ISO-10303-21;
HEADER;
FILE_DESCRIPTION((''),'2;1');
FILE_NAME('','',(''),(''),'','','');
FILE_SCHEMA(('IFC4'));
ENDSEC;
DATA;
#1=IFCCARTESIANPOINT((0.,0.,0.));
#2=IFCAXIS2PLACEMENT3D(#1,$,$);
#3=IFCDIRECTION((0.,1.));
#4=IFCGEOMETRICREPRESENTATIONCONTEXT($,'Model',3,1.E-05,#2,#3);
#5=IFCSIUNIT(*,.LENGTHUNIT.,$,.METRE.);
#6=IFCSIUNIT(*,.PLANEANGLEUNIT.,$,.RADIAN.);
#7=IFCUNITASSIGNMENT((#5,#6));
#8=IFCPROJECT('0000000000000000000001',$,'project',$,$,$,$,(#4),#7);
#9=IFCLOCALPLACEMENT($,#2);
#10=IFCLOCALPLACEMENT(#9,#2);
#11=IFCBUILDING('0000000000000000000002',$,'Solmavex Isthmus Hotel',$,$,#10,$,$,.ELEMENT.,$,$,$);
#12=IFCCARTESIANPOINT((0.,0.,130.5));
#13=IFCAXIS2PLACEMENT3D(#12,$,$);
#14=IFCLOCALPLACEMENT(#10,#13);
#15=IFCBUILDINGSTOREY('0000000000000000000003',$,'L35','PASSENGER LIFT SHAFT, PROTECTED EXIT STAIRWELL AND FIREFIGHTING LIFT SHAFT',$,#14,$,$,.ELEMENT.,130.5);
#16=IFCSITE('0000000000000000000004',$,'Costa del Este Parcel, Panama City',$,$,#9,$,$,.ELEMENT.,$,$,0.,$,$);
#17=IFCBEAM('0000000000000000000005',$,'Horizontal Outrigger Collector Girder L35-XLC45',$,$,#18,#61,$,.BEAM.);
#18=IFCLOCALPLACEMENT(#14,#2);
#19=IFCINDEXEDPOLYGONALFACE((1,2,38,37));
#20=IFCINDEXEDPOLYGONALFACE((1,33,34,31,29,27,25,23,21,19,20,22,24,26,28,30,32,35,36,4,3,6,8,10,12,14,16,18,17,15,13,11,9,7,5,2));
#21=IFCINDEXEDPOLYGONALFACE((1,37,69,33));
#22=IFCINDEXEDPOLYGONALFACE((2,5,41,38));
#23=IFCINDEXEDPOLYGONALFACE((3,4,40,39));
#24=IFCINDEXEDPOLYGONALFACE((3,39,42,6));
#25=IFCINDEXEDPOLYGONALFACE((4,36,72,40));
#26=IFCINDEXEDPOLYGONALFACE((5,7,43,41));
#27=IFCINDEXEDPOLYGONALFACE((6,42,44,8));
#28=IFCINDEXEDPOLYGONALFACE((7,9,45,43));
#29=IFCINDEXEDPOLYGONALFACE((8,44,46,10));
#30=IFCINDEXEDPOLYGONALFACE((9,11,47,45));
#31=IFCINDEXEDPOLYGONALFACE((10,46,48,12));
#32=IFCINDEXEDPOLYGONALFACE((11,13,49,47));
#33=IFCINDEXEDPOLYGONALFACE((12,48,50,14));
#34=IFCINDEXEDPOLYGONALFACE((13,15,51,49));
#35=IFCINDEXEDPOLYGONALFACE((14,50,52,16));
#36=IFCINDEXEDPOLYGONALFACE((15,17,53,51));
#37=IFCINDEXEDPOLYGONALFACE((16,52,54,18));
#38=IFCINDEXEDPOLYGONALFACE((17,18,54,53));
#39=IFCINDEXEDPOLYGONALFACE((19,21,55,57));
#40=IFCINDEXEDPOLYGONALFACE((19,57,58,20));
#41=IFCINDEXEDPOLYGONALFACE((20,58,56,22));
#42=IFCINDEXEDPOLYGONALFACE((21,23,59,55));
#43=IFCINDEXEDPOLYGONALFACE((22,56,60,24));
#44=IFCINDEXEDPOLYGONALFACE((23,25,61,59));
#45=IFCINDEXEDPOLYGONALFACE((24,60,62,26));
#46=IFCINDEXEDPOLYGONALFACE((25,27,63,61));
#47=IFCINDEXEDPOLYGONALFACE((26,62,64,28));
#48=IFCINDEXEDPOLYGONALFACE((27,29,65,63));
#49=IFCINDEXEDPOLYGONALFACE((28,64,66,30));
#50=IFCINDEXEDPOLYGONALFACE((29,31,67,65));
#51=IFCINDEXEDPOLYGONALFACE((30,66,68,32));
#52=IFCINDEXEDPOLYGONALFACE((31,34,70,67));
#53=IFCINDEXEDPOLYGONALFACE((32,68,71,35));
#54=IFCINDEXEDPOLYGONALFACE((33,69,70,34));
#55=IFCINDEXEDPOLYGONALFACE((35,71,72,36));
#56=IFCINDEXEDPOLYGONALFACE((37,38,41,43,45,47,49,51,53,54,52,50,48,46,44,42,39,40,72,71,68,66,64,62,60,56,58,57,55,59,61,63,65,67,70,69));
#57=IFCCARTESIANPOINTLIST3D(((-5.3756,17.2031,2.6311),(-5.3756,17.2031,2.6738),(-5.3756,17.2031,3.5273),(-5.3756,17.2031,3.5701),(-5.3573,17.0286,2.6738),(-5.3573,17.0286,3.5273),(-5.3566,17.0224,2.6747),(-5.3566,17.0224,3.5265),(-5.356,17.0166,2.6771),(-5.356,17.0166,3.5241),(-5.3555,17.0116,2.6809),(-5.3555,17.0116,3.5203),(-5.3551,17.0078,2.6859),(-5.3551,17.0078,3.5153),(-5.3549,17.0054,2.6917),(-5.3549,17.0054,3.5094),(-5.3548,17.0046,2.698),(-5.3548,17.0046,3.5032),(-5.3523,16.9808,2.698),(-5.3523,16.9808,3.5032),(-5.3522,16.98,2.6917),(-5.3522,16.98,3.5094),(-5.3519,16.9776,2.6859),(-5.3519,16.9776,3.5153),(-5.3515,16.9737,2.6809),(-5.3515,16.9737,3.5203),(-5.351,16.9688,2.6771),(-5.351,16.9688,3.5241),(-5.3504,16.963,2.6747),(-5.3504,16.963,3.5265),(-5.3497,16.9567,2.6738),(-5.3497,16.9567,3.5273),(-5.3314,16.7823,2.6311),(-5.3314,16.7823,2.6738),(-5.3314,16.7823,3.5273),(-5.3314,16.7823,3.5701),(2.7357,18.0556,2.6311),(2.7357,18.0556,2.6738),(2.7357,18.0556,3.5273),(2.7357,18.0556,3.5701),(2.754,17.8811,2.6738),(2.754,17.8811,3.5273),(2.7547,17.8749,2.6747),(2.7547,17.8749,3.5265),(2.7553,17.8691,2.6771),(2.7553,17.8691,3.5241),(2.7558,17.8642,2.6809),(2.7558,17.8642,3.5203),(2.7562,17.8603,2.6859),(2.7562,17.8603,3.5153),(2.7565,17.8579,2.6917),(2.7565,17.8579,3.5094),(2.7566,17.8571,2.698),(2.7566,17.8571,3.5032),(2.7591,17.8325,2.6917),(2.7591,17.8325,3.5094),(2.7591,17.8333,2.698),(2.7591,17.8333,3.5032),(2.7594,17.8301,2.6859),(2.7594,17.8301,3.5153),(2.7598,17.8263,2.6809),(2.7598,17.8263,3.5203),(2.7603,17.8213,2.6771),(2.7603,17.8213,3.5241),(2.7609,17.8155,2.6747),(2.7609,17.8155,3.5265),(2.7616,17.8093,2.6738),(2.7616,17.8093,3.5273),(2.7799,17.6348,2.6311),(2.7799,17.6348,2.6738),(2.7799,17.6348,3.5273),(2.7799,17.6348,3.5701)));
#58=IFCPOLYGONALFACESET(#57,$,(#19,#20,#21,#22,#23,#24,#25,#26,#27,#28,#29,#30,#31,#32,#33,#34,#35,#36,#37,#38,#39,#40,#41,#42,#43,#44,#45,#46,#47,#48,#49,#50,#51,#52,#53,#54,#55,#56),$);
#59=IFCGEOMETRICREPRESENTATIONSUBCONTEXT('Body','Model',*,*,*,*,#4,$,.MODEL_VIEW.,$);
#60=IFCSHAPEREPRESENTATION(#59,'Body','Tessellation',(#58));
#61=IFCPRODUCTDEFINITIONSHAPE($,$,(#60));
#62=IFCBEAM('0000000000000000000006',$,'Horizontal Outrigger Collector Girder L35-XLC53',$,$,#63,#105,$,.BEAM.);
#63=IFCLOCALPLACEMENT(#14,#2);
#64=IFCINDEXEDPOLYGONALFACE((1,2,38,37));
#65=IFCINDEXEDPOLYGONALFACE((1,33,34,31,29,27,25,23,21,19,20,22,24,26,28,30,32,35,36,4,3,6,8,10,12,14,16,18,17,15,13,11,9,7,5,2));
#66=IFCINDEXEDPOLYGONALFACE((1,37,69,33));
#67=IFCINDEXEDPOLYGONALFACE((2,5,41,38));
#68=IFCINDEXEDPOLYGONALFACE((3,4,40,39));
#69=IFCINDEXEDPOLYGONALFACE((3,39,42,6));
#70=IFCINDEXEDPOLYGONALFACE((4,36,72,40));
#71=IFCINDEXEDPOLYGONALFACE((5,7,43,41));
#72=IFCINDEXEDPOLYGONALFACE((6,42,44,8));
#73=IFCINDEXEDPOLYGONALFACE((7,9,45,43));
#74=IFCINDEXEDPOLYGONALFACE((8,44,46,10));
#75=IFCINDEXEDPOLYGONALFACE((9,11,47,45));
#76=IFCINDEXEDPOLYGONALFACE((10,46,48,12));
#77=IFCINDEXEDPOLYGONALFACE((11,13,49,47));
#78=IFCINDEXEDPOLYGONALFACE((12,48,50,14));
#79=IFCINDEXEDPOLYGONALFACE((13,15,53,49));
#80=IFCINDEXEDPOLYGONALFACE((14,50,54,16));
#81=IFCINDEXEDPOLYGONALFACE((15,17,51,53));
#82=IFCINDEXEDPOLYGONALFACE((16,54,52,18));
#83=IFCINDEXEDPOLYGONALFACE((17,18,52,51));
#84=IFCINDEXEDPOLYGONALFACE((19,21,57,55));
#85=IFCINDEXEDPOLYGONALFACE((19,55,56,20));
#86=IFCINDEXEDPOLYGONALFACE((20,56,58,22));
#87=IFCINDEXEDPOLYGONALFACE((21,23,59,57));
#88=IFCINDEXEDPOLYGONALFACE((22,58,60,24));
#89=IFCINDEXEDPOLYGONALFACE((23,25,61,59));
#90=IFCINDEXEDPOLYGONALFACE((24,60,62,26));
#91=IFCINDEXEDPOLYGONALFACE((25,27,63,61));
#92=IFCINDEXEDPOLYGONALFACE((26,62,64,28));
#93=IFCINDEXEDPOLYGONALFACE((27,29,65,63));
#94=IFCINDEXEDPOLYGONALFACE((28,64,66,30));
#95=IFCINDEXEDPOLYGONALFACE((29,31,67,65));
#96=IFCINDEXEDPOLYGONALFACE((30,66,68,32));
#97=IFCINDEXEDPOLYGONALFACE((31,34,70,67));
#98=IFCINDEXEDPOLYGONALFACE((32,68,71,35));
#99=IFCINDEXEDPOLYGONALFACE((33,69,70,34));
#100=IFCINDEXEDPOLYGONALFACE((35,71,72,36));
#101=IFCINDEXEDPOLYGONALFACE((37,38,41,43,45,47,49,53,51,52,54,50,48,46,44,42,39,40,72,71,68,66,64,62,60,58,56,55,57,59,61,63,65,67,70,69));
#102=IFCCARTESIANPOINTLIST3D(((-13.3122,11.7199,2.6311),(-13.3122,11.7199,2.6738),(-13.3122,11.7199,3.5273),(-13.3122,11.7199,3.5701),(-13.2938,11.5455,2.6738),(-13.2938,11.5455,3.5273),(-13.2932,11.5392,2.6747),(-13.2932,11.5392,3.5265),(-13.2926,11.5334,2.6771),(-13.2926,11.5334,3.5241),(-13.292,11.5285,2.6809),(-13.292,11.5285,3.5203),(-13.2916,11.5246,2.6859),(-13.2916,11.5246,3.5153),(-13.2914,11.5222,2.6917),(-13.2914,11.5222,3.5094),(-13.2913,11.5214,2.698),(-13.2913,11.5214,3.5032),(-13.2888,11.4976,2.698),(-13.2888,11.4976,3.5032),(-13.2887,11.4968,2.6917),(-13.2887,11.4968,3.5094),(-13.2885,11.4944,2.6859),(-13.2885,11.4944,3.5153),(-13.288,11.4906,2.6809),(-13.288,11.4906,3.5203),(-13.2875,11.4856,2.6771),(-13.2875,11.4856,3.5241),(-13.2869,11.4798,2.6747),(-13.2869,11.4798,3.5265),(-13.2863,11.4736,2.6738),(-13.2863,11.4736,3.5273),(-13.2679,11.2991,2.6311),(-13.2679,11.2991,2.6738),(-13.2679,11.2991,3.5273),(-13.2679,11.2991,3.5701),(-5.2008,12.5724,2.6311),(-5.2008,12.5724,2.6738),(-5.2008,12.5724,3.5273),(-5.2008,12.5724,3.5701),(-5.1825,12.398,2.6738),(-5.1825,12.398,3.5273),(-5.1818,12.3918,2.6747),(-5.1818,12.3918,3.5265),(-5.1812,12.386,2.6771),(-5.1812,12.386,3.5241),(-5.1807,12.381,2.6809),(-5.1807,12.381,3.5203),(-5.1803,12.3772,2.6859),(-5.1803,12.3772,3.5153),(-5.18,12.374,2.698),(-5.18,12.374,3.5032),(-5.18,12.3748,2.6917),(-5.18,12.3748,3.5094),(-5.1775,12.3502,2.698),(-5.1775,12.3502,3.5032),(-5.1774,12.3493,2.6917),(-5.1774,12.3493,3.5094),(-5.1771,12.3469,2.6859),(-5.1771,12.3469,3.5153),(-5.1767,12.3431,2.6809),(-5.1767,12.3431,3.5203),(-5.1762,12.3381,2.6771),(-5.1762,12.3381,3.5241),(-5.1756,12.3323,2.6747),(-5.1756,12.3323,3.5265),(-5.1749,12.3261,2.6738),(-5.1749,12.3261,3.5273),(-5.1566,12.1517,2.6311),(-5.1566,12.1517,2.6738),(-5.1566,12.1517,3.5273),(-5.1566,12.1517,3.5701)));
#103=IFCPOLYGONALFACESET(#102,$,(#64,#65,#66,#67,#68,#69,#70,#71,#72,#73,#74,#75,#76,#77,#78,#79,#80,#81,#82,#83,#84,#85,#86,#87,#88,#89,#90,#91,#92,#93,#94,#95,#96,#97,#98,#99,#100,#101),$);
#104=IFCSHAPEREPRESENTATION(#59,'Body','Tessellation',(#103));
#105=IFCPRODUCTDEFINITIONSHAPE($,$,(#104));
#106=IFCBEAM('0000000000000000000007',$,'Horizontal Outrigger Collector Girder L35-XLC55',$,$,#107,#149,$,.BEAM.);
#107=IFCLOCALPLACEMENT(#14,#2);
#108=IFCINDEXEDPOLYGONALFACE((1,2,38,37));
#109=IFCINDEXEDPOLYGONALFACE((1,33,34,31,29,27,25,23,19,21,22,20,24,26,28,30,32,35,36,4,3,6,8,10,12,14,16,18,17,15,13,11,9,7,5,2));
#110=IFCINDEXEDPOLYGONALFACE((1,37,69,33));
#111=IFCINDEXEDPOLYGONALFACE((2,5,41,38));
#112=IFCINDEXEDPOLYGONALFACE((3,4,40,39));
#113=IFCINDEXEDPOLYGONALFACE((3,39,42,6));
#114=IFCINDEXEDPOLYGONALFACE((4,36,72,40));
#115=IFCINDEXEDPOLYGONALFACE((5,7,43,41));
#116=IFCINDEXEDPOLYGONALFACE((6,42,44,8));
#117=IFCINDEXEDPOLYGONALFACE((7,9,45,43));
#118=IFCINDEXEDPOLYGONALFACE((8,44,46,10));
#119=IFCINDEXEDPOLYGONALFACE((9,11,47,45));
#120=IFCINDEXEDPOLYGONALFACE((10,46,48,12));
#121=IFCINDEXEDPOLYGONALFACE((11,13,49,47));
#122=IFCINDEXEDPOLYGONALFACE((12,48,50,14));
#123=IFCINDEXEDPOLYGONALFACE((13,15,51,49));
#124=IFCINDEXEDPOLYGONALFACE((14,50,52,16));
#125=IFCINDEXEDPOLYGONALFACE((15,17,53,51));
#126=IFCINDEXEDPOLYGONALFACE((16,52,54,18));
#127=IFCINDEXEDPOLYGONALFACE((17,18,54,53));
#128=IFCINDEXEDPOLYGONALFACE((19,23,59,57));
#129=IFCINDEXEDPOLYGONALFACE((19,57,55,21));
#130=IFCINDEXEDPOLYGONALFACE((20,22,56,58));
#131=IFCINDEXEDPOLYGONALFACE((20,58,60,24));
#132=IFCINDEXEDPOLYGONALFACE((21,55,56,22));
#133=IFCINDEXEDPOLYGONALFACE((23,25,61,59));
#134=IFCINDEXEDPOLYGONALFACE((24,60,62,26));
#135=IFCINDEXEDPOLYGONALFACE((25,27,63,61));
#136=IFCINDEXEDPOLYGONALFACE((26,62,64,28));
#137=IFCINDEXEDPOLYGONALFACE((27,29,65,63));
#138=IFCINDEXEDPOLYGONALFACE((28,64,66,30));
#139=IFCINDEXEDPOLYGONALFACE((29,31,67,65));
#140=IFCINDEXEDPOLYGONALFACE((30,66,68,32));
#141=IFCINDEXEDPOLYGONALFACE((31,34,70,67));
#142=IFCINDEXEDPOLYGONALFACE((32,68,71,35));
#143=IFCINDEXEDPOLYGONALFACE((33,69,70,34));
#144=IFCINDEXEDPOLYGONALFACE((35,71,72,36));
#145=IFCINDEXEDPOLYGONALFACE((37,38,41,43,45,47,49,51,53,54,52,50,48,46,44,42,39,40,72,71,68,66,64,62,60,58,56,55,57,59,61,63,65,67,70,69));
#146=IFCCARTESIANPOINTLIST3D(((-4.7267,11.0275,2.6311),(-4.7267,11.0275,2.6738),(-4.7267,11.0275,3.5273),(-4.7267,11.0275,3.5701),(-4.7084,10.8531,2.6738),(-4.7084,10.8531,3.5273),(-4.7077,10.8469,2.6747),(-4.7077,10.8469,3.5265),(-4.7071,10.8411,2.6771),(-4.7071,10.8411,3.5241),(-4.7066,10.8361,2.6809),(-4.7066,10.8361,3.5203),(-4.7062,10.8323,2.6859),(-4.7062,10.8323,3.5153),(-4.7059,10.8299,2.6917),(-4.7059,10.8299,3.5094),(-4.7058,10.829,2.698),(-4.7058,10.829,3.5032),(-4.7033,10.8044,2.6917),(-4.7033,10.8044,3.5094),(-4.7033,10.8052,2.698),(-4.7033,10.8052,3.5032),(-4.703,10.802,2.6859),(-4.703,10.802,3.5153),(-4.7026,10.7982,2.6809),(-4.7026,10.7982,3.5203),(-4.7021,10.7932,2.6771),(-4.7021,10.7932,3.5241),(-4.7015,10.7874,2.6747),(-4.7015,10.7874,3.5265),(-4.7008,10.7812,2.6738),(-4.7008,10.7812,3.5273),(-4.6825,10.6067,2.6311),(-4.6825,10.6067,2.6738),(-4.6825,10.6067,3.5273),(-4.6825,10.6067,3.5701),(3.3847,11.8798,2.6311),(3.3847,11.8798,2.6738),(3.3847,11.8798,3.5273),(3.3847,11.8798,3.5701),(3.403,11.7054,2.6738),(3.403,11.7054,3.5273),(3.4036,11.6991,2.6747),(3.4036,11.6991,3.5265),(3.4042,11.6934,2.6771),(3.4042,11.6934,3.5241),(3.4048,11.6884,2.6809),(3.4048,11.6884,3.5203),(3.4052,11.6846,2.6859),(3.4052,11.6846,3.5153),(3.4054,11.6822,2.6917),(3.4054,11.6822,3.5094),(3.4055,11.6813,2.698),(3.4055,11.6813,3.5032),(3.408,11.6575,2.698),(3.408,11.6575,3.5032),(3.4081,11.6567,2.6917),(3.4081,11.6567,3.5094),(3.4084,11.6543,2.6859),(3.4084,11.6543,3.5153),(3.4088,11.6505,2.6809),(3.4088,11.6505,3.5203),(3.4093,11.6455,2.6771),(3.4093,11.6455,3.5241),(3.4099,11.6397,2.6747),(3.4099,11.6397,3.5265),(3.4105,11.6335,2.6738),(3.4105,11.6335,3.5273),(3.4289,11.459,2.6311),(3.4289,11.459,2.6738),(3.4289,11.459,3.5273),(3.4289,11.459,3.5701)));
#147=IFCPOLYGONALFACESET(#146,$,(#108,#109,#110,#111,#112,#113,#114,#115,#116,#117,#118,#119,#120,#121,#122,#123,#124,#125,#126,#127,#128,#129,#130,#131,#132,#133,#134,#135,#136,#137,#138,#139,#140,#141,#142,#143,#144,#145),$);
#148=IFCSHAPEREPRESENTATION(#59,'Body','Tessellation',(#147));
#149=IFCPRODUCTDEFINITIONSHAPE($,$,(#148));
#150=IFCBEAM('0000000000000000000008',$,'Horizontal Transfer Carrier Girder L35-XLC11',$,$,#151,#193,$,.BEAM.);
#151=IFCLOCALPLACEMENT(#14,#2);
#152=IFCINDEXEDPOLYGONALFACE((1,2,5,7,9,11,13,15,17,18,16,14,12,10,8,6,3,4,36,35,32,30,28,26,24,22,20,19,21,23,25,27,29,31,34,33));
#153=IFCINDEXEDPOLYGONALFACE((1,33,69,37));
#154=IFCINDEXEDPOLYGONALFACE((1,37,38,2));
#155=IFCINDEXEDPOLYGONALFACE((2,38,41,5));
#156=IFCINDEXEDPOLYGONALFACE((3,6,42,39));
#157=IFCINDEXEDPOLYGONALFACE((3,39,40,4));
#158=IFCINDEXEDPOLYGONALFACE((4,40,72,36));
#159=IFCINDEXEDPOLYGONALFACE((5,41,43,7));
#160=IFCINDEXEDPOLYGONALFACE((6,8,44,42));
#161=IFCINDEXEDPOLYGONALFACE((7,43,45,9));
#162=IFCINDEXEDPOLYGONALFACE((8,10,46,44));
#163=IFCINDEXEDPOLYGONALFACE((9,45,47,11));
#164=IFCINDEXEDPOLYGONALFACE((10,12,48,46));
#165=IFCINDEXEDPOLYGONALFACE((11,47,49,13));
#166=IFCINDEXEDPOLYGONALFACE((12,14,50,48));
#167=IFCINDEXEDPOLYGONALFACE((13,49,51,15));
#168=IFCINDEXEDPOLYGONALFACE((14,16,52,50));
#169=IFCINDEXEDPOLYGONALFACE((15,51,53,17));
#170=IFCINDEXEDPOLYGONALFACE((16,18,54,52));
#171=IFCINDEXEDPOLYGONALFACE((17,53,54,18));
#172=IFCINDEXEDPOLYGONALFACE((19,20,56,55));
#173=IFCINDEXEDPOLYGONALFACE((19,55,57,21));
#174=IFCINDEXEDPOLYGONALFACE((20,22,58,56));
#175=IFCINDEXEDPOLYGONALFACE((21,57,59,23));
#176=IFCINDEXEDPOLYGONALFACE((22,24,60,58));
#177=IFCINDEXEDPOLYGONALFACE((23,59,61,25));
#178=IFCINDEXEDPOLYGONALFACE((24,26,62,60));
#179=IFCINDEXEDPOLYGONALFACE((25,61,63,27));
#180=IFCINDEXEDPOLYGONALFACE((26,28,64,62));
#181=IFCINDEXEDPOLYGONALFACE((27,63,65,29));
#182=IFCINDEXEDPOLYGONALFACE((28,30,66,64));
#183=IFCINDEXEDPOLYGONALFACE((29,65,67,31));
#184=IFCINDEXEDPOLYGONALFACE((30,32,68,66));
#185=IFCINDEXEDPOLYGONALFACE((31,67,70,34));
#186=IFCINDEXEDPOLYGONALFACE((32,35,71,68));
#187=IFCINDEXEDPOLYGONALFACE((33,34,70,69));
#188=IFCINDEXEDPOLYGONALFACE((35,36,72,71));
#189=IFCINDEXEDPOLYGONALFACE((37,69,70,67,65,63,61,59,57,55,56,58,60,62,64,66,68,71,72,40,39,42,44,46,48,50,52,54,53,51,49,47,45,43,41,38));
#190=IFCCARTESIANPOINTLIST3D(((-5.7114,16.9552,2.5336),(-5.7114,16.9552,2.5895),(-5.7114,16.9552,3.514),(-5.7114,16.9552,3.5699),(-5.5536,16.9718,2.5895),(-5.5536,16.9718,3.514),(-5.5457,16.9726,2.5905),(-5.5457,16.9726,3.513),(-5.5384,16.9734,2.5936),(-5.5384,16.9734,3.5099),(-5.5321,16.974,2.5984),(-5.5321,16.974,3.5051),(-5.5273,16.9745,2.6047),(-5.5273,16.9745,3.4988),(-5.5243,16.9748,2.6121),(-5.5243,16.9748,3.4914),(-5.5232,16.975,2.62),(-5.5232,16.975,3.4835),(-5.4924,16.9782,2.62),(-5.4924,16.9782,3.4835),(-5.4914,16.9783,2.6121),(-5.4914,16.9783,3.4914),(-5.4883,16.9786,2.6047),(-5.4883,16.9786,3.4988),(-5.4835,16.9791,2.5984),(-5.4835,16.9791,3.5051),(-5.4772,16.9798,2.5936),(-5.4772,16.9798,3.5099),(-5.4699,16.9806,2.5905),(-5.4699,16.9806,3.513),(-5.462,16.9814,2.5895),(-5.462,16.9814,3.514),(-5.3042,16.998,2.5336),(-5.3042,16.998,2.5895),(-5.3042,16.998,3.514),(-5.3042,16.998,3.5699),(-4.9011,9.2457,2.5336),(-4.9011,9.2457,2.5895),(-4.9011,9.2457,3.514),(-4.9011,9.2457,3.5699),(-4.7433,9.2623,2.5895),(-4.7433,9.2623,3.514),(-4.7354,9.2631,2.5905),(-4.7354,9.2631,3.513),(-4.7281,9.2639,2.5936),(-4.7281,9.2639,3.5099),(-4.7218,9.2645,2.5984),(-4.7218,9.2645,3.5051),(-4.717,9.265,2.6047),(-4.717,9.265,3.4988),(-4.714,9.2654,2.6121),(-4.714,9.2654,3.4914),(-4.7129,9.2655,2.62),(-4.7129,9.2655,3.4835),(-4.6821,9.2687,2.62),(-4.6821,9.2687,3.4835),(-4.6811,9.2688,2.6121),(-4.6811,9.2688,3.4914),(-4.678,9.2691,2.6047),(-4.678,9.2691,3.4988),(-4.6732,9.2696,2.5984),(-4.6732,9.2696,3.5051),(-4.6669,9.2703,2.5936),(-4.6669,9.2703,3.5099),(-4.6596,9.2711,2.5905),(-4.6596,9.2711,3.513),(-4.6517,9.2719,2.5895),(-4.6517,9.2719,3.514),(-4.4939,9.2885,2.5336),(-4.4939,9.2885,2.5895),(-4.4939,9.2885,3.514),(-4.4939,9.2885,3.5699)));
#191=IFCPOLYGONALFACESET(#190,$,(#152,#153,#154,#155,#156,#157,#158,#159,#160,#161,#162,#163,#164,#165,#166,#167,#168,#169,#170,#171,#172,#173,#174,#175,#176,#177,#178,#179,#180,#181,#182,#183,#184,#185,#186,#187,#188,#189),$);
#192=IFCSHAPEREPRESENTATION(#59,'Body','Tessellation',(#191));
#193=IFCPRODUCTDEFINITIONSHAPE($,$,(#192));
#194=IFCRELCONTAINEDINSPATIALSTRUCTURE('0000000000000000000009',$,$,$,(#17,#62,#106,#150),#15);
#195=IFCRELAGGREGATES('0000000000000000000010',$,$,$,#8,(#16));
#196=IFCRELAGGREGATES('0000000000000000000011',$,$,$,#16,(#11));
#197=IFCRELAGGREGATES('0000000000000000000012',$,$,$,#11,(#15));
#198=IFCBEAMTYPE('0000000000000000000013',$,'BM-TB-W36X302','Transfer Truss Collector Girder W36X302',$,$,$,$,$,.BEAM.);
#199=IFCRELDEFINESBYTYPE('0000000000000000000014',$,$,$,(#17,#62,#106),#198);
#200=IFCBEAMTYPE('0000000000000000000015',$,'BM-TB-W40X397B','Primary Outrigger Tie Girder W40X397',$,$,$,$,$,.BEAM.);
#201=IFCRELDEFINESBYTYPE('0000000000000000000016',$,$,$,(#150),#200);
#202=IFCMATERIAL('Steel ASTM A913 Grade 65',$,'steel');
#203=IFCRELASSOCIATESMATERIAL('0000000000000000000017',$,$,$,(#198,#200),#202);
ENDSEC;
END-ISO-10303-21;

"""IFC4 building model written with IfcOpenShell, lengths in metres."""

from ifc_helpers import new_model, si_unit, direction, frame, origin, origin_2d, place, context, subcontext, project, spatial, i_section, extrude, material, material_profile, profile_set, type_object, element, save


model = new_model("IFC4")

# Units and contexts
model_context = context("Model", 3, precision=1e-05, world=origin(), true_north=direction((0.0, 1.0)))
body_context = subcontext(model_context, "Body", "Model", "MODEL_VIEW")
ifc_project = project(units=[si_unit("LENGTHUNIT", "METRE"), si_unit("PLANEANGLEUNIT", "RADIAN")], contexts=[model_context])

# Site, building, storey
site_placement = place(None, origin())
site = spatial("IfcSite", under=ifc_project, at=site_placement, Name="Costa del Este Parcel, Panama City", CompositionType="ELEMENT", RefElevation=0.0)
building_placement = place(site_placement, origin())
building = spatial("IfcBuilding", under=site, at=building_placement, Name="Solmavex Isthmus Hotel", CompositionType="ELEMENT")
storey_placement = place(building_placement, frame((0.0, 0.0, 130.5)))
storey = spatial("IfcBuildingStorey", under=building, at=storey_placement, Name="L35", Description="PASSENGER LIFT SHAFT, PROTECTED EXIT STAIRWELL AND FIREFIGHTING LIFT SHAFT", CompositionType="ELEMENT", Elevation=130.5)

# Shared definitions
ifc_material_1 = material(Name="Steel ASTM A913 Grade 65", Category="steel")

# Beams
ifc_material_profile_1 = material_profile(ifc_material_1, i_section(OverallWidth=0.4231, OverallDepth=0.939, WebThickness=0.0239, FlangeThickness=0.0427, FilletRadius=0.0242, at=origin_2d()), Name="W36X302")
ifc_profile_set_1 = profile_set([ifc_material_profile_1], Name="Steel ASTM A913 Grade 65")
beam_type_1 = type_object("IfcBeamType", Name="BM-TB-W36X302", Description="Transfer Truss Collector Girder W36X302", PredefinedType="BEAM", material=ifc_profile_set_1)
for number, where, z_axis, x_axis, name in (
    (1, (-5.3535, 16.9927, 3.1006), (0.994522, 0.104529, 0.0), (-0.104529, 0.994522, 0.0), "Horizontal Outrigger Collector Girder L35-XLC45"),
    (2, (-13.29, 11.5095, 3.1006), (0.994522, 0.104529, 0.0), (-0.104529, 0.994522, 0.0), "Horizontal Outrigger Collector Girder L35-XLC53"),
    (3, (-4.7046, 10.8171, 3.1006), (0.994525, 0.104499, 0.0), (-0.104499, 0.994525, 0.0), "Horizontal Outrigger Collector Girder L35-XLC55"),
):
    element("IfcBeam", number, at=place(storey_placement, frame(where, z_axis=z_axis, x_axis=x_axis)), inside=storey, type_object=beam_type_1, Name=name, PredefinedType="BEAM", context=body_context, shape_type="SweptSolid", body=[
        extrude(i_section(OverallWidth=0.4231, OverallDepth=0.939, WebThickness=0.0239, FlangeThickness=0.0427, FilletRadius=0.0242, at=origin_2d()), origin(), (0.0, 0.0, 1.0), 8.156),
    ])
ifc_material_profile_2 = material_profile(ifc_material_1, i_section(OverallWidth=0.4094, OverallDepth=1.0364, WebThickness=0.031, FlangeThickness=0.0559, FilletRadius=0.0305, at=origin_2d()), Name="W40X397")
ifc_profile_set_2 = profile_set([ifc_material_profile_2], Name="Steel ASTM A913 Grade 65")
beam_type_2 = type_object("IfcBeamType", Name="BM-TB-W40X397B", Description="Primary Outrigger Tie Girder W40X397", PredefinedType="BEAM", material=ifc_profile_set_2)
beam_1_placement = place(storey_placement, frame((-4.6975, 9.2671, 3.0518), z_axis=(-0.104529, 0.994522, 0.0), x_axis=(-0.994522, -0.104529, 0.0)))
element("IfcBeam", 4, at=beam_1_placement, inside=storey, type_object=beam_type_2, Name="Horizontal Transfer Carrier Girder L35-XLC11", PredefinedType="BEAM", context=body_context, shape_type="SweptSolid", body=[
    extrude(i_section(OverallWidth=0.4094, OverallDepth=1.0364, WebThickness=0.031, FlangeThickness=0.0559, FilletRadius=0.0305, at=origin_2d()), origin(), (0.0, 0.0, 1.0), 7.752),
])

save(model, "model.ifc")
